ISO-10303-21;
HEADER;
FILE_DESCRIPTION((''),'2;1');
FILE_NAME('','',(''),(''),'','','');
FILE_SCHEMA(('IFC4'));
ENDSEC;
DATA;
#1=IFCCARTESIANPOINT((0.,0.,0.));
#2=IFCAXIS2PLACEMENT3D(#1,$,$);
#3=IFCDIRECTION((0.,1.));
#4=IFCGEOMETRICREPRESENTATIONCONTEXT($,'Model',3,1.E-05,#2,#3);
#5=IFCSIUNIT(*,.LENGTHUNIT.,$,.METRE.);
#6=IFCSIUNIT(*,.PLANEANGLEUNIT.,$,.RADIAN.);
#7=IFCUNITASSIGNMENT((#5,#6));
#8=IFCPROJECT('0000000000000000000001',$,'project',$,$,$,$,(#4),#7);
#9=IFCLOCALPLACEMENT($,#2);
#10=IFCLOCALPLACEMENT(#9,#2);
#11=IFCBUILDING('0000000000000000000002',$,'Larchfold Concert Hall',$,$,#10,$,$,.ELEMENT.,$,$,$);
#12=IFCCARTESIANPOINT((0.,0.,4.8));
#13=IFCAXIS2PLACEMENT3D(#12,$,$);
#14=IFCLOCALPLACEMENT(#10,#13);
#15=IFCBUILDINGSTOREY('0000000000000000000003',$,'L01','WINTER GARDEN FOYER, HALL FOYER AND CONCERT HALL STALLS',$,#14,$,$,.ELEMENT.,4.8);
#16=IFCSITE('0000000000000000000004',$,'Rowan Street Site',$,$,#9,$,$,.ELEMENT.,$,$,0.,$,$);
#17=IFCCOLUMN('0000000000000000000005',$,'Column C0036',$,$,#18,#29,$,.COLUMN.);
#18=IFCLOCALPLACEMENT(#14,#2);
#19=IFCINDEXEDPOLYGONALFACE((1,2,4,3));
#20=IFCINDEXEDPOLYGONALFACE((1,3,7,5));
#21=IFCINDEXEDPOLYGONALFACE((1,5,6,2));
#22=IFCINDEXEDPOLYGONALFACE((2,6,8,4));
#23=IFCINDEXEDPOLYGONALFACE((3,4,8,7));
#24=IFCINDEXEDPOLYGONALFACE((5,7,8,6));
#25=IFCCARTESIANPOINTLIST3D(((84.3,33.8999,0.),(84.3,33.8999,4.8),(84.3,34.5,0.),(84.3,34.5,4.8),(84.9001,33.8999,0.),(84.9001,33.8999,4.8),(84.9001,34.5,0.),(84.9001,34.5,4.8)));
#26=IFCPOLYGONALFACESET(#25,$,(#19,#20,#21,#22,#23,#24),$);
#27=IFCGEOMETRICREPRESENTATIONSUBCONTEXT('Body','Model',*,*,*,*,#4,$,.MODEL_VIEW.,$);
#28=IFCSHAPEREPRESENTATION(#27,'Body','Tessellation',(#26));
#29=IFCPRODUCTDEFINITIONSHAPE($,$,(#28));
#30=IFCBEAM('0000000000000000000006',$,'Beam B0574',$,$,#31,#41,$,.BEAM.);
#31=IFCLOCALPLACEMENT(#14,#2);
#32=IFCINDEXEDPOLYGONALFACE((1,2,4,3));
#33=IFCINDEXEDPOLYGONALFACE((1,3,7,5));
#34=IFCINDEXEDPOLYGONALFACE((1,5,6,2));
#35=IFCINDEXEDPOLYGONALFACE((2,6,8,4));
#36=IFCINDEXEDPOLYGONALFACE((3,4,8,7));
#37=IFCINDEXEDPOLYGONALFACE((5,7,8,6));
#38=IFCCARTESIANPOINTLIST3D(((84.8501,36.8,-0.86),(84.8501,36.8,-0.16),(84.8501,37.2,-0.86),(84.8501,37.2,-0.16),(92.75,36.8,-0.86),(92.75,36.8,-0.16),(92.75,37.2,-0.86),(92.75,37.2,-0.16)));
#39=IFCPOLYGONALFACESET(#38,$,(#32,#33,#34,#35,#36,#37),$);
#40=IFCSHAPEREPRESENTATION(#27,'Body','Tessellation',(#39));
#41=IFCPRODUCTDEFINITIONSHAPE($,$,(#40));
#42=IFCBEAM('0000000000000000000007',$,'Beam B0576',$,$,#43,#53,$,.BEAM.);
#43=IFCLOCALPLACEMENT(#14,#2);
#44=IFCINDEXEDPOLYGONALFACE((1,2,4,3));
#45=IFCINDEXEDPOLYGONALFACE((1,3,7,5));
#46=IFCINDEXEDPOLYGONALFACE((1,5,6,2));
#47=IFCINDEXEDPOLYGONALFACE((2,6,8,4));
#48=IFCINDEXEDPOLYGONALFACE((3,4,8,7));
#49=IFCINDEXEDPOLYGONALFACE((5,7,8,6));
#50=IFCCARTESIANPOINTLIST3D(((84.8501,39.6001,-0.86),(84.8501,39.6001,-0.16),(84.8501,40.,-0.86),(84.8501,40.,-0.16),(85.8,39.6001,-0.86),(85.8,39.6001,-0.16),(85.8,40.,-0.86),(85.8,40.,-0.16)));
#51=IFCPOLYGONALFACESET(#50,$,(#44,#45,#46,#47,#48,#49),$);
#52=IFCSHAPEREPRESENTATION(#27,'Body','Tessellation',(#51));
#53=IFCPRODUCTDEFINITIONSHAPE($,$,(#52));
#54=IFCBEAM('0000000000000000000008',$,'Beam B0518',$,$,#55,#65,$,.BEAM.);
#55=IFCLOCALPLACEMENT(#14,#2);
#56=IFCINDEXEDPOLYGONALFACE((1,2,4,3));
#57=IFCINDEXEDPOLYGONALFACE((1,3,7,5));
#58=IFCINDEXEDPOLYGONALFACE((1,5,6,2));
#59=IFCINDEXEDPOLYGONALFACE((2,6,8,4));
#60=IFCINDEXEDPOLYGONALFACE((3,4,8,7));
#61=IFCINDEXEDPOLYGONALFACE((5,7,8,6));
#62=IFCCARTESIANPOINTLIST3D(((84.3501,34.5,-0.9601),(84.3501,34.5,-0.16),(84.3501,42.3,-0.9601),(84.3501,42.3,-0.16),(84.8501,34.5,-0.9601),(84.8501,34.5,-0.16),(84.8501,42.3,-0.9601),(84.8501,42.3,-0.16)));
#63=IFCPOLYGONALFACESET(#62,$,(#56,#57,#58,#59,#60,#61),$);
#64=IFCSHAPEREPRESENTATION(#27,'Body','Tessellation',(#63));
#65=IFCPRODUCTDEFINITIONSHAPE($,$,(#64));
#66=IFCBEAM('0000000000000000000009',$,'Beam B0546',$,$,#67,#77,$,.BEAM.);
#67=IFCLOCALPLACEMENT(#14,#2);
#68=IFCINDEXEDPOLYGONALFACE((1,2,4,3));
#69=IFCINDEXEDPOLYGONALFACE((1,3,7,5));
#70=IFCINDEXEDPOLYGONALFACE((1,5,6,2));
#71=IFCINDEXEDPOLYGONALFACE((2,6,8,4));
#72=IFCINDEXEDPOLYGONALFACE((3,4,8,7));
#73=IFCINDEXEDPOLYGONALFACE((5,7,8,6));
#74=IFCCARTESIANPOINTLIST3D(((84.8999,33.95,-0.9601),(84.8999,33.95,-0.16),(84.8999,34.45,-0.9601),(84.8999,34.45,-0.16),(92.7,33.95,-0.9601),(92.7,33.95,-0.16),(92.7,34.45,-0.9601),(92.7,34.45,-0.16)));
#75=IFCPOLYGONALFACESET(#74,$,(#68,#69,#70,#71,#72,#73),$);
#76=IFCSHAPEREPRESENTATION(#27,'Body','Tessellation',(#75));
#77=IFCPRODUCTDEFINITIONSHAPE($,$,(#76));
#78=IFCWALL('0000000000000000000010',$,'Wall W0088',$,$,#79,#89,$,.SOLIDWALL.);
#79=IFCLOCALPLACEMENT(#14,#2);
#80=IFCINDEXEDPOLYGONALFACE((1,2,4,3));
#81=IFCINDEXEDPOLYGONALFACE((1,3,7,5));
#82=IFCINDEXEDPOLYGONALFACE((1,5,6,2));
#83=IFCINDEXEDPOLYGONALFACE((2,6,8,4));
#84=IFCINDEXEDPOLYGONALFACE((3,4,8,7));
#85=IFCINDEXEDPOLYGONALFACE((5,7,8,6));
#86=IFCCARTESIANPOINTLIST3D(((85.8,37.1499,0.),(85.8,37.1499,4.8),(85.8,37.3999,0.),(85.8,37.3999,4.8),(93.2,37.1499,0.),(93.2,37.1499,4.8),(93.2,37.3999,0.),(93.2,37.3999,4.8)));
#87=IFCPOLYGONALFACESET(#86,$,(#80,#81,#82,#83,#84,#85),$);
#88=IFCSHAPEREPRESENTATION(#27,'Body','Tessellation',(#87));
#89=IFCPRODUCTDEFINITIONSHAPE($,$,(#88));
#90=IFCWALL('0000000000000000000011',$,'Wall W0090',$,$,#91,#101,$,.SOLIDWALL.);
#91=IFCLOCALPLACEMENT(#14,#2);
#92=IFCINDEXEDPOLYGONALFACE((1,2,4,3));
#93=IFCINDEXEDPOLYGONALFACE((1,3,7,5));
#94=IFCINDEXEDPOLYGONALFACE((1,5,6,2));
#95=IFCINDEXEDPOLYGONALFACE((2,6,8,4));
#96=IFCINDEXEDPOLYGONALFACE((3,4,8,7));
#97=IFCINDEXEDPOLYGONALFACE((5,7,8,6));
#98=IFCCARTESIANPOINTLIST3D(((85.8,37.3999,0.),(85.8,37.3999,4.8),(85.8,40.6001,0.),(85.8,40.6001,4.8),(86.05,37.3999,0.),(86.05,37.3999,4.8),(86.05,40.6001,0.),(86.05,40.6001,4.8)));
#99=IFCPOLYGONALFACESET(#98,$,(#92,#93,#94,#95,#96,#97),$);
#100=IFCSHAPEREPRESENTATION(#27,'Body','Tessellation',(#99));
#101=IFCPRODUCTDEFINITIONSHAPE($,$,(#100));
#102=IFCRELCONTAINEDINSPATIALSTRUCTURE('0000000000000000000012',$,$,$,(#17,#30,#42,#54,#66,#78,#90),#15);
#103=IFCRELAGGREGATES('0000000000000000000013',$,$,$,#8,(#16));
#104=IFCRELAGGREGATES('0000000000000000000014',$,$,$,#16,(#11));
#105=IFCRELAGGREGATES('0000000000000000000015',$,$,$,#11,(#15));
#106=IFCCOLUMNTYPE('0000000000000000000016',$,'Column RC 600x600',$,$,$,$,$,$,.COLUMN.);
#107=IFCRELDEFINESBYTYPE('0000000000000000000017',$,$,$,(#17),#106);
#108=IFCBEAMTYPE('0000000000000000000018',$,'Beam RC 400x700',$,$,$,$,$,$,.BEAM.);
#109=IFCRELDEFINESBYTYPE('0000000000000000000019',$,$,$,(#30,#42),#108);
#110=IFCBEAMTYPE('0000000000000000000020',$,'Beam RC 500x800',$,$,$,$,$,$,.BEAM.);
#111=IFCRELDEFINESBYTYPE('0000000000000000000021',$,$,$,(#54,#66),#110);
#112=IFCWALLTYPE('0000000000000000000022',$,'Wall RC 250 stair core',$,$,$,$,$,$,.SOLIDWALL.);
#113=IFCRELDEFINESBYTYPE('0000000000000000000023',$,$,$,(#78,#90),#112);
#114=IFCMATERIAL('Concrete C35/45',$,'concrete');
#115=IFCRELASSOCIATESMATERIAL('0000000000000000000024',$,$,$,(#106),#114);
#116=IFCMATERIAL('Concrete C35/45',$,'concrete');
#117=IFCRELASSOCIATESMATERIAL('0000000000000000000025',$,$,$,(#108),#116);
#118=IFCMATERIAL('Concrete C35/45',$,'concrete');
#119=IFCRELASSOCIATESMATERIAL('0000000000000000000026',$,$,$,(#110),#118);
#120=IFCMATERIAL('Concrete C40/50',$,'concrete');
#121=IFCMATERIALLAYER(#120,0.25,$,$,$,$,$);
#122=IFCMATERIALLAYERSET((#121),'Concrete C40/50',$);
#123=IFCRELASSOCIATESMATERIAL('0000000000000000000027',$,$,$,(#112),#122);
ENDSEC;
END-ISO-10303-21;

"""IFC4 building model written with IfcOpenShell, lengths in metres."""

from ifc_helpers import new_model, si_unit, direction, frame, frame_2d, origin, origin_2d, place, context, subcontext, project, spatial, rectangle, extrude, material, layer, layer_set, material_profile, profile_set, type_object, element, save


model = new_model("IFC4")

# Units and contexts
model_context = context("Model", 3, precision=1e-05, world=origin(), true_north=direction((0.0, 1.0)))
body_context = subcontext(model_context, "Body", "Model", "MODEL_VIEW")
ifc_project = project(units=[si_unit("LENGTHUNIT", "METRE"), si_unit("PLANEANGLEUNIT", "RADIAN")], contexts=[model_context])

# Site, building, storey
site_placement = place(None, origin())
site = spatial("IfcSite", under=ifc_project, at=site_placement, Name="Rowan Street Site", CompositionType="ELEMENT", RefElevation=0.0)
building_placement = place(site_placement, origin())
building = spatial("IfcBuilding", under=site, at=building_placement, Name="Larchfold Concert Hall", CompositionType="ELEMENT")
storey_placement = place(building_placement, frame((0.0, 0.0, 4.8)))
storey = spatial("IfcBuildingStorey", under=building, at=storey_placement, Name="L01", Description="WINTER GARDEN FOYER, HALL FOYER AND CONCERT HALL STALLS", CompositionType="ELEMENT", Elevation=4.8)

# Column
ifc_material_1 = material(Name="Concrete C35/45", Category="concrete")
ifc_material_profile_1 = material_profile(ifc_material_1, rectangle(XDim=0.6001, YDim=0.6001, at=origin_2d()))
ifc_profile_set_1 = profile_set([ifc_material_profile_1], Name="Concrete C35/45")
column_type = type_object("IfcColumnType", Name="Column RC 600x600", PredefinedType="COLUMN", material=ifc_profile_set_1)
column_placement = place(storey_placement, frame((84.6001, 34.2, 0.0), z_axis=(0.0, 0.0, 1.0), x_axis=(1.0, 0.0, 0.0)))
element("IfcColumn", 1, at=column_placement, inside=storey, type_object=column_type, Name="Column C0036", PredefinedType="COLUMN", context=body_context, shape_type="SweptSolid", body=[
    extrude(rectangle(XDim=0.6001, YDim=0.6001, at=origin_2d()), origin(), (0.0, 0.0, 1.0), 4.8),
])

# Beams
ifc_material_2 = material(Name="Concrete C35/45", Category="concrete")
ifc_material_profile_2 = material_profile(ifc_material_2, rectangle(XDim=0.3999, YDim=0.7, at=origin_2d()))
ifc_profile_set_2 = profile_set([ifc_material_profile_2], Name="Concrete C35/45")
beam_type_1 = type_object("IfcBeamType", Name="Beam RC 400x700", PredefinedType="BEAM", material=ifc_profile_set_2)
beam_1_placement = place(storey_placement, frame((84.8501, 37.0, -0.51), z_axis=(1.0, 0.0, 0.0), x_axis=(0.0, 1.0, 0.0)))
element("IfcBeam", 2, at=beam_1_placement, inside=storey, type_object=beam_type_1, Name="Beam B0574", PredefinedType="BEAM", context=body_context, shape_type="SweptSolid", body=[
    extrude(rectangle(XDim=0.3999, YDim=0.7, at=origin_2d()), origin(), (0.0, 0.0, 1.0), 7.8999),
])
beam_2_placement = place(storey_placement, frame((84.8501, 39.8, -0.51), z_axis=(1.0, 0.0, 0.0), x_axis=(0.0, 1.0, 0.0)))
element("IfcBeam", 3, at=beam_2_placement, inside=storey, type_object=beam_type_1, Name="Beam B0576", PredefinedType="BEAM", context=body_context, shape_type="SweptSolid", body=[
    extrude(rectangle(XDim=0.3999, YDim=0.7, at=origin_2d()), origin(), (0.0, 0.0, 1.0), 0.95),
])
ifc_material_3 = material(Name="Concrete C35/45", Category="concrete")
ifc_material_profile_3 = material_profile(ifc_material_3, rectangle(XDim=0.5, YDim=0.8, at=origin_2d()))
ifc_profile_set_3 = profile_set([ifc_material_profile_3], Name="Concrete C35/45")
beam_type_2 = type_object("IfcBeamType", Name="Beam RC 500x800", PredefinedType="BEAM", material=ifc_profile_set_3)
for number, where, z_axis, x_axis, name in (
    (4, (84.6001, 34.5, -0.5601), (0.0, 1.0, 0.0), (-1.0, 0.0, 0.0), "Beam B0518"),
    (5, (84.8999, 34.2, -0.5601), (1.0, 0.0, 0.0), (0.0, 1.0, 0.0), "Beam B0546"),
):
    element("IfcBeam", number, at=place(storey_placement, frame(where, z_axis=z_axis, x_axis=x_axis)), inside=storey, type_object=beam_type_2, Name=name, PredefinedType="BEAM", context=body_context, shape_type="SweptSolid", body=[
        extrude(rectangle(XDim=0.5, YDim=0.8, at=origin_2d()), origin(), (0.0, 0.0, 1.0), 7.8),
    ])

# Walls
ifc_material_4 = material(Name="Concrete C40/50", Category="concrete")
ifc_layer_1 = layer(ifc_material_4, 0.25)
ifc_layer_set_1 = layer_set([ifc_layer_1], Name="Concrete C40/50")
wall_type_1 = type_object("IfcWallType", Name="Wall RC 250 stair core", PredefinedType="SOLIDWALL", material=ifc_layer_set_1)
wall_1_placement = place(storey_placement, frame((85.8, 37.2749, 0.0), z_axis=(0.0, 0.0, 1.0), x_axis=(1.0, 0.0, 0.0)))
element("IfcWall", 6, at=wall_1_placement, inside=storey, type_object=wall_type_1, Name="Wall W0088", PredefinedType="SOLIDWALL", context=body_context, shape_type="SweptSolid", body=[
    extrude(rectangle(XDim=7.3999, YDim=0.25, at=frame_2d((3.7, 0.0))), origin(), (0.0, 0.0, 1.0), 4.8),
])
wall_2_placement = place(storey_placement, frame((85.925, 37.3999, 0.0), z_axis=(0.0, 0.0, 1.0), x_axis=(0.0, 1.0, 0.0)))
element("IfcWall", 7, at=wall_2_placement, inside=storey, type_object=wall_type_1, Name="Wall W0090", PredefinedType="SOLIDWALL", context=body_context, shape_type="SweptSolid", body=[
    extrude(rectangle(XDim=3.2002, YDim=0.25, at=frame_2d((1.6001, 0.0))), origin(), (0.0, 0.0, 1.0), 4.8),
])

save(model, "model.ifc")
